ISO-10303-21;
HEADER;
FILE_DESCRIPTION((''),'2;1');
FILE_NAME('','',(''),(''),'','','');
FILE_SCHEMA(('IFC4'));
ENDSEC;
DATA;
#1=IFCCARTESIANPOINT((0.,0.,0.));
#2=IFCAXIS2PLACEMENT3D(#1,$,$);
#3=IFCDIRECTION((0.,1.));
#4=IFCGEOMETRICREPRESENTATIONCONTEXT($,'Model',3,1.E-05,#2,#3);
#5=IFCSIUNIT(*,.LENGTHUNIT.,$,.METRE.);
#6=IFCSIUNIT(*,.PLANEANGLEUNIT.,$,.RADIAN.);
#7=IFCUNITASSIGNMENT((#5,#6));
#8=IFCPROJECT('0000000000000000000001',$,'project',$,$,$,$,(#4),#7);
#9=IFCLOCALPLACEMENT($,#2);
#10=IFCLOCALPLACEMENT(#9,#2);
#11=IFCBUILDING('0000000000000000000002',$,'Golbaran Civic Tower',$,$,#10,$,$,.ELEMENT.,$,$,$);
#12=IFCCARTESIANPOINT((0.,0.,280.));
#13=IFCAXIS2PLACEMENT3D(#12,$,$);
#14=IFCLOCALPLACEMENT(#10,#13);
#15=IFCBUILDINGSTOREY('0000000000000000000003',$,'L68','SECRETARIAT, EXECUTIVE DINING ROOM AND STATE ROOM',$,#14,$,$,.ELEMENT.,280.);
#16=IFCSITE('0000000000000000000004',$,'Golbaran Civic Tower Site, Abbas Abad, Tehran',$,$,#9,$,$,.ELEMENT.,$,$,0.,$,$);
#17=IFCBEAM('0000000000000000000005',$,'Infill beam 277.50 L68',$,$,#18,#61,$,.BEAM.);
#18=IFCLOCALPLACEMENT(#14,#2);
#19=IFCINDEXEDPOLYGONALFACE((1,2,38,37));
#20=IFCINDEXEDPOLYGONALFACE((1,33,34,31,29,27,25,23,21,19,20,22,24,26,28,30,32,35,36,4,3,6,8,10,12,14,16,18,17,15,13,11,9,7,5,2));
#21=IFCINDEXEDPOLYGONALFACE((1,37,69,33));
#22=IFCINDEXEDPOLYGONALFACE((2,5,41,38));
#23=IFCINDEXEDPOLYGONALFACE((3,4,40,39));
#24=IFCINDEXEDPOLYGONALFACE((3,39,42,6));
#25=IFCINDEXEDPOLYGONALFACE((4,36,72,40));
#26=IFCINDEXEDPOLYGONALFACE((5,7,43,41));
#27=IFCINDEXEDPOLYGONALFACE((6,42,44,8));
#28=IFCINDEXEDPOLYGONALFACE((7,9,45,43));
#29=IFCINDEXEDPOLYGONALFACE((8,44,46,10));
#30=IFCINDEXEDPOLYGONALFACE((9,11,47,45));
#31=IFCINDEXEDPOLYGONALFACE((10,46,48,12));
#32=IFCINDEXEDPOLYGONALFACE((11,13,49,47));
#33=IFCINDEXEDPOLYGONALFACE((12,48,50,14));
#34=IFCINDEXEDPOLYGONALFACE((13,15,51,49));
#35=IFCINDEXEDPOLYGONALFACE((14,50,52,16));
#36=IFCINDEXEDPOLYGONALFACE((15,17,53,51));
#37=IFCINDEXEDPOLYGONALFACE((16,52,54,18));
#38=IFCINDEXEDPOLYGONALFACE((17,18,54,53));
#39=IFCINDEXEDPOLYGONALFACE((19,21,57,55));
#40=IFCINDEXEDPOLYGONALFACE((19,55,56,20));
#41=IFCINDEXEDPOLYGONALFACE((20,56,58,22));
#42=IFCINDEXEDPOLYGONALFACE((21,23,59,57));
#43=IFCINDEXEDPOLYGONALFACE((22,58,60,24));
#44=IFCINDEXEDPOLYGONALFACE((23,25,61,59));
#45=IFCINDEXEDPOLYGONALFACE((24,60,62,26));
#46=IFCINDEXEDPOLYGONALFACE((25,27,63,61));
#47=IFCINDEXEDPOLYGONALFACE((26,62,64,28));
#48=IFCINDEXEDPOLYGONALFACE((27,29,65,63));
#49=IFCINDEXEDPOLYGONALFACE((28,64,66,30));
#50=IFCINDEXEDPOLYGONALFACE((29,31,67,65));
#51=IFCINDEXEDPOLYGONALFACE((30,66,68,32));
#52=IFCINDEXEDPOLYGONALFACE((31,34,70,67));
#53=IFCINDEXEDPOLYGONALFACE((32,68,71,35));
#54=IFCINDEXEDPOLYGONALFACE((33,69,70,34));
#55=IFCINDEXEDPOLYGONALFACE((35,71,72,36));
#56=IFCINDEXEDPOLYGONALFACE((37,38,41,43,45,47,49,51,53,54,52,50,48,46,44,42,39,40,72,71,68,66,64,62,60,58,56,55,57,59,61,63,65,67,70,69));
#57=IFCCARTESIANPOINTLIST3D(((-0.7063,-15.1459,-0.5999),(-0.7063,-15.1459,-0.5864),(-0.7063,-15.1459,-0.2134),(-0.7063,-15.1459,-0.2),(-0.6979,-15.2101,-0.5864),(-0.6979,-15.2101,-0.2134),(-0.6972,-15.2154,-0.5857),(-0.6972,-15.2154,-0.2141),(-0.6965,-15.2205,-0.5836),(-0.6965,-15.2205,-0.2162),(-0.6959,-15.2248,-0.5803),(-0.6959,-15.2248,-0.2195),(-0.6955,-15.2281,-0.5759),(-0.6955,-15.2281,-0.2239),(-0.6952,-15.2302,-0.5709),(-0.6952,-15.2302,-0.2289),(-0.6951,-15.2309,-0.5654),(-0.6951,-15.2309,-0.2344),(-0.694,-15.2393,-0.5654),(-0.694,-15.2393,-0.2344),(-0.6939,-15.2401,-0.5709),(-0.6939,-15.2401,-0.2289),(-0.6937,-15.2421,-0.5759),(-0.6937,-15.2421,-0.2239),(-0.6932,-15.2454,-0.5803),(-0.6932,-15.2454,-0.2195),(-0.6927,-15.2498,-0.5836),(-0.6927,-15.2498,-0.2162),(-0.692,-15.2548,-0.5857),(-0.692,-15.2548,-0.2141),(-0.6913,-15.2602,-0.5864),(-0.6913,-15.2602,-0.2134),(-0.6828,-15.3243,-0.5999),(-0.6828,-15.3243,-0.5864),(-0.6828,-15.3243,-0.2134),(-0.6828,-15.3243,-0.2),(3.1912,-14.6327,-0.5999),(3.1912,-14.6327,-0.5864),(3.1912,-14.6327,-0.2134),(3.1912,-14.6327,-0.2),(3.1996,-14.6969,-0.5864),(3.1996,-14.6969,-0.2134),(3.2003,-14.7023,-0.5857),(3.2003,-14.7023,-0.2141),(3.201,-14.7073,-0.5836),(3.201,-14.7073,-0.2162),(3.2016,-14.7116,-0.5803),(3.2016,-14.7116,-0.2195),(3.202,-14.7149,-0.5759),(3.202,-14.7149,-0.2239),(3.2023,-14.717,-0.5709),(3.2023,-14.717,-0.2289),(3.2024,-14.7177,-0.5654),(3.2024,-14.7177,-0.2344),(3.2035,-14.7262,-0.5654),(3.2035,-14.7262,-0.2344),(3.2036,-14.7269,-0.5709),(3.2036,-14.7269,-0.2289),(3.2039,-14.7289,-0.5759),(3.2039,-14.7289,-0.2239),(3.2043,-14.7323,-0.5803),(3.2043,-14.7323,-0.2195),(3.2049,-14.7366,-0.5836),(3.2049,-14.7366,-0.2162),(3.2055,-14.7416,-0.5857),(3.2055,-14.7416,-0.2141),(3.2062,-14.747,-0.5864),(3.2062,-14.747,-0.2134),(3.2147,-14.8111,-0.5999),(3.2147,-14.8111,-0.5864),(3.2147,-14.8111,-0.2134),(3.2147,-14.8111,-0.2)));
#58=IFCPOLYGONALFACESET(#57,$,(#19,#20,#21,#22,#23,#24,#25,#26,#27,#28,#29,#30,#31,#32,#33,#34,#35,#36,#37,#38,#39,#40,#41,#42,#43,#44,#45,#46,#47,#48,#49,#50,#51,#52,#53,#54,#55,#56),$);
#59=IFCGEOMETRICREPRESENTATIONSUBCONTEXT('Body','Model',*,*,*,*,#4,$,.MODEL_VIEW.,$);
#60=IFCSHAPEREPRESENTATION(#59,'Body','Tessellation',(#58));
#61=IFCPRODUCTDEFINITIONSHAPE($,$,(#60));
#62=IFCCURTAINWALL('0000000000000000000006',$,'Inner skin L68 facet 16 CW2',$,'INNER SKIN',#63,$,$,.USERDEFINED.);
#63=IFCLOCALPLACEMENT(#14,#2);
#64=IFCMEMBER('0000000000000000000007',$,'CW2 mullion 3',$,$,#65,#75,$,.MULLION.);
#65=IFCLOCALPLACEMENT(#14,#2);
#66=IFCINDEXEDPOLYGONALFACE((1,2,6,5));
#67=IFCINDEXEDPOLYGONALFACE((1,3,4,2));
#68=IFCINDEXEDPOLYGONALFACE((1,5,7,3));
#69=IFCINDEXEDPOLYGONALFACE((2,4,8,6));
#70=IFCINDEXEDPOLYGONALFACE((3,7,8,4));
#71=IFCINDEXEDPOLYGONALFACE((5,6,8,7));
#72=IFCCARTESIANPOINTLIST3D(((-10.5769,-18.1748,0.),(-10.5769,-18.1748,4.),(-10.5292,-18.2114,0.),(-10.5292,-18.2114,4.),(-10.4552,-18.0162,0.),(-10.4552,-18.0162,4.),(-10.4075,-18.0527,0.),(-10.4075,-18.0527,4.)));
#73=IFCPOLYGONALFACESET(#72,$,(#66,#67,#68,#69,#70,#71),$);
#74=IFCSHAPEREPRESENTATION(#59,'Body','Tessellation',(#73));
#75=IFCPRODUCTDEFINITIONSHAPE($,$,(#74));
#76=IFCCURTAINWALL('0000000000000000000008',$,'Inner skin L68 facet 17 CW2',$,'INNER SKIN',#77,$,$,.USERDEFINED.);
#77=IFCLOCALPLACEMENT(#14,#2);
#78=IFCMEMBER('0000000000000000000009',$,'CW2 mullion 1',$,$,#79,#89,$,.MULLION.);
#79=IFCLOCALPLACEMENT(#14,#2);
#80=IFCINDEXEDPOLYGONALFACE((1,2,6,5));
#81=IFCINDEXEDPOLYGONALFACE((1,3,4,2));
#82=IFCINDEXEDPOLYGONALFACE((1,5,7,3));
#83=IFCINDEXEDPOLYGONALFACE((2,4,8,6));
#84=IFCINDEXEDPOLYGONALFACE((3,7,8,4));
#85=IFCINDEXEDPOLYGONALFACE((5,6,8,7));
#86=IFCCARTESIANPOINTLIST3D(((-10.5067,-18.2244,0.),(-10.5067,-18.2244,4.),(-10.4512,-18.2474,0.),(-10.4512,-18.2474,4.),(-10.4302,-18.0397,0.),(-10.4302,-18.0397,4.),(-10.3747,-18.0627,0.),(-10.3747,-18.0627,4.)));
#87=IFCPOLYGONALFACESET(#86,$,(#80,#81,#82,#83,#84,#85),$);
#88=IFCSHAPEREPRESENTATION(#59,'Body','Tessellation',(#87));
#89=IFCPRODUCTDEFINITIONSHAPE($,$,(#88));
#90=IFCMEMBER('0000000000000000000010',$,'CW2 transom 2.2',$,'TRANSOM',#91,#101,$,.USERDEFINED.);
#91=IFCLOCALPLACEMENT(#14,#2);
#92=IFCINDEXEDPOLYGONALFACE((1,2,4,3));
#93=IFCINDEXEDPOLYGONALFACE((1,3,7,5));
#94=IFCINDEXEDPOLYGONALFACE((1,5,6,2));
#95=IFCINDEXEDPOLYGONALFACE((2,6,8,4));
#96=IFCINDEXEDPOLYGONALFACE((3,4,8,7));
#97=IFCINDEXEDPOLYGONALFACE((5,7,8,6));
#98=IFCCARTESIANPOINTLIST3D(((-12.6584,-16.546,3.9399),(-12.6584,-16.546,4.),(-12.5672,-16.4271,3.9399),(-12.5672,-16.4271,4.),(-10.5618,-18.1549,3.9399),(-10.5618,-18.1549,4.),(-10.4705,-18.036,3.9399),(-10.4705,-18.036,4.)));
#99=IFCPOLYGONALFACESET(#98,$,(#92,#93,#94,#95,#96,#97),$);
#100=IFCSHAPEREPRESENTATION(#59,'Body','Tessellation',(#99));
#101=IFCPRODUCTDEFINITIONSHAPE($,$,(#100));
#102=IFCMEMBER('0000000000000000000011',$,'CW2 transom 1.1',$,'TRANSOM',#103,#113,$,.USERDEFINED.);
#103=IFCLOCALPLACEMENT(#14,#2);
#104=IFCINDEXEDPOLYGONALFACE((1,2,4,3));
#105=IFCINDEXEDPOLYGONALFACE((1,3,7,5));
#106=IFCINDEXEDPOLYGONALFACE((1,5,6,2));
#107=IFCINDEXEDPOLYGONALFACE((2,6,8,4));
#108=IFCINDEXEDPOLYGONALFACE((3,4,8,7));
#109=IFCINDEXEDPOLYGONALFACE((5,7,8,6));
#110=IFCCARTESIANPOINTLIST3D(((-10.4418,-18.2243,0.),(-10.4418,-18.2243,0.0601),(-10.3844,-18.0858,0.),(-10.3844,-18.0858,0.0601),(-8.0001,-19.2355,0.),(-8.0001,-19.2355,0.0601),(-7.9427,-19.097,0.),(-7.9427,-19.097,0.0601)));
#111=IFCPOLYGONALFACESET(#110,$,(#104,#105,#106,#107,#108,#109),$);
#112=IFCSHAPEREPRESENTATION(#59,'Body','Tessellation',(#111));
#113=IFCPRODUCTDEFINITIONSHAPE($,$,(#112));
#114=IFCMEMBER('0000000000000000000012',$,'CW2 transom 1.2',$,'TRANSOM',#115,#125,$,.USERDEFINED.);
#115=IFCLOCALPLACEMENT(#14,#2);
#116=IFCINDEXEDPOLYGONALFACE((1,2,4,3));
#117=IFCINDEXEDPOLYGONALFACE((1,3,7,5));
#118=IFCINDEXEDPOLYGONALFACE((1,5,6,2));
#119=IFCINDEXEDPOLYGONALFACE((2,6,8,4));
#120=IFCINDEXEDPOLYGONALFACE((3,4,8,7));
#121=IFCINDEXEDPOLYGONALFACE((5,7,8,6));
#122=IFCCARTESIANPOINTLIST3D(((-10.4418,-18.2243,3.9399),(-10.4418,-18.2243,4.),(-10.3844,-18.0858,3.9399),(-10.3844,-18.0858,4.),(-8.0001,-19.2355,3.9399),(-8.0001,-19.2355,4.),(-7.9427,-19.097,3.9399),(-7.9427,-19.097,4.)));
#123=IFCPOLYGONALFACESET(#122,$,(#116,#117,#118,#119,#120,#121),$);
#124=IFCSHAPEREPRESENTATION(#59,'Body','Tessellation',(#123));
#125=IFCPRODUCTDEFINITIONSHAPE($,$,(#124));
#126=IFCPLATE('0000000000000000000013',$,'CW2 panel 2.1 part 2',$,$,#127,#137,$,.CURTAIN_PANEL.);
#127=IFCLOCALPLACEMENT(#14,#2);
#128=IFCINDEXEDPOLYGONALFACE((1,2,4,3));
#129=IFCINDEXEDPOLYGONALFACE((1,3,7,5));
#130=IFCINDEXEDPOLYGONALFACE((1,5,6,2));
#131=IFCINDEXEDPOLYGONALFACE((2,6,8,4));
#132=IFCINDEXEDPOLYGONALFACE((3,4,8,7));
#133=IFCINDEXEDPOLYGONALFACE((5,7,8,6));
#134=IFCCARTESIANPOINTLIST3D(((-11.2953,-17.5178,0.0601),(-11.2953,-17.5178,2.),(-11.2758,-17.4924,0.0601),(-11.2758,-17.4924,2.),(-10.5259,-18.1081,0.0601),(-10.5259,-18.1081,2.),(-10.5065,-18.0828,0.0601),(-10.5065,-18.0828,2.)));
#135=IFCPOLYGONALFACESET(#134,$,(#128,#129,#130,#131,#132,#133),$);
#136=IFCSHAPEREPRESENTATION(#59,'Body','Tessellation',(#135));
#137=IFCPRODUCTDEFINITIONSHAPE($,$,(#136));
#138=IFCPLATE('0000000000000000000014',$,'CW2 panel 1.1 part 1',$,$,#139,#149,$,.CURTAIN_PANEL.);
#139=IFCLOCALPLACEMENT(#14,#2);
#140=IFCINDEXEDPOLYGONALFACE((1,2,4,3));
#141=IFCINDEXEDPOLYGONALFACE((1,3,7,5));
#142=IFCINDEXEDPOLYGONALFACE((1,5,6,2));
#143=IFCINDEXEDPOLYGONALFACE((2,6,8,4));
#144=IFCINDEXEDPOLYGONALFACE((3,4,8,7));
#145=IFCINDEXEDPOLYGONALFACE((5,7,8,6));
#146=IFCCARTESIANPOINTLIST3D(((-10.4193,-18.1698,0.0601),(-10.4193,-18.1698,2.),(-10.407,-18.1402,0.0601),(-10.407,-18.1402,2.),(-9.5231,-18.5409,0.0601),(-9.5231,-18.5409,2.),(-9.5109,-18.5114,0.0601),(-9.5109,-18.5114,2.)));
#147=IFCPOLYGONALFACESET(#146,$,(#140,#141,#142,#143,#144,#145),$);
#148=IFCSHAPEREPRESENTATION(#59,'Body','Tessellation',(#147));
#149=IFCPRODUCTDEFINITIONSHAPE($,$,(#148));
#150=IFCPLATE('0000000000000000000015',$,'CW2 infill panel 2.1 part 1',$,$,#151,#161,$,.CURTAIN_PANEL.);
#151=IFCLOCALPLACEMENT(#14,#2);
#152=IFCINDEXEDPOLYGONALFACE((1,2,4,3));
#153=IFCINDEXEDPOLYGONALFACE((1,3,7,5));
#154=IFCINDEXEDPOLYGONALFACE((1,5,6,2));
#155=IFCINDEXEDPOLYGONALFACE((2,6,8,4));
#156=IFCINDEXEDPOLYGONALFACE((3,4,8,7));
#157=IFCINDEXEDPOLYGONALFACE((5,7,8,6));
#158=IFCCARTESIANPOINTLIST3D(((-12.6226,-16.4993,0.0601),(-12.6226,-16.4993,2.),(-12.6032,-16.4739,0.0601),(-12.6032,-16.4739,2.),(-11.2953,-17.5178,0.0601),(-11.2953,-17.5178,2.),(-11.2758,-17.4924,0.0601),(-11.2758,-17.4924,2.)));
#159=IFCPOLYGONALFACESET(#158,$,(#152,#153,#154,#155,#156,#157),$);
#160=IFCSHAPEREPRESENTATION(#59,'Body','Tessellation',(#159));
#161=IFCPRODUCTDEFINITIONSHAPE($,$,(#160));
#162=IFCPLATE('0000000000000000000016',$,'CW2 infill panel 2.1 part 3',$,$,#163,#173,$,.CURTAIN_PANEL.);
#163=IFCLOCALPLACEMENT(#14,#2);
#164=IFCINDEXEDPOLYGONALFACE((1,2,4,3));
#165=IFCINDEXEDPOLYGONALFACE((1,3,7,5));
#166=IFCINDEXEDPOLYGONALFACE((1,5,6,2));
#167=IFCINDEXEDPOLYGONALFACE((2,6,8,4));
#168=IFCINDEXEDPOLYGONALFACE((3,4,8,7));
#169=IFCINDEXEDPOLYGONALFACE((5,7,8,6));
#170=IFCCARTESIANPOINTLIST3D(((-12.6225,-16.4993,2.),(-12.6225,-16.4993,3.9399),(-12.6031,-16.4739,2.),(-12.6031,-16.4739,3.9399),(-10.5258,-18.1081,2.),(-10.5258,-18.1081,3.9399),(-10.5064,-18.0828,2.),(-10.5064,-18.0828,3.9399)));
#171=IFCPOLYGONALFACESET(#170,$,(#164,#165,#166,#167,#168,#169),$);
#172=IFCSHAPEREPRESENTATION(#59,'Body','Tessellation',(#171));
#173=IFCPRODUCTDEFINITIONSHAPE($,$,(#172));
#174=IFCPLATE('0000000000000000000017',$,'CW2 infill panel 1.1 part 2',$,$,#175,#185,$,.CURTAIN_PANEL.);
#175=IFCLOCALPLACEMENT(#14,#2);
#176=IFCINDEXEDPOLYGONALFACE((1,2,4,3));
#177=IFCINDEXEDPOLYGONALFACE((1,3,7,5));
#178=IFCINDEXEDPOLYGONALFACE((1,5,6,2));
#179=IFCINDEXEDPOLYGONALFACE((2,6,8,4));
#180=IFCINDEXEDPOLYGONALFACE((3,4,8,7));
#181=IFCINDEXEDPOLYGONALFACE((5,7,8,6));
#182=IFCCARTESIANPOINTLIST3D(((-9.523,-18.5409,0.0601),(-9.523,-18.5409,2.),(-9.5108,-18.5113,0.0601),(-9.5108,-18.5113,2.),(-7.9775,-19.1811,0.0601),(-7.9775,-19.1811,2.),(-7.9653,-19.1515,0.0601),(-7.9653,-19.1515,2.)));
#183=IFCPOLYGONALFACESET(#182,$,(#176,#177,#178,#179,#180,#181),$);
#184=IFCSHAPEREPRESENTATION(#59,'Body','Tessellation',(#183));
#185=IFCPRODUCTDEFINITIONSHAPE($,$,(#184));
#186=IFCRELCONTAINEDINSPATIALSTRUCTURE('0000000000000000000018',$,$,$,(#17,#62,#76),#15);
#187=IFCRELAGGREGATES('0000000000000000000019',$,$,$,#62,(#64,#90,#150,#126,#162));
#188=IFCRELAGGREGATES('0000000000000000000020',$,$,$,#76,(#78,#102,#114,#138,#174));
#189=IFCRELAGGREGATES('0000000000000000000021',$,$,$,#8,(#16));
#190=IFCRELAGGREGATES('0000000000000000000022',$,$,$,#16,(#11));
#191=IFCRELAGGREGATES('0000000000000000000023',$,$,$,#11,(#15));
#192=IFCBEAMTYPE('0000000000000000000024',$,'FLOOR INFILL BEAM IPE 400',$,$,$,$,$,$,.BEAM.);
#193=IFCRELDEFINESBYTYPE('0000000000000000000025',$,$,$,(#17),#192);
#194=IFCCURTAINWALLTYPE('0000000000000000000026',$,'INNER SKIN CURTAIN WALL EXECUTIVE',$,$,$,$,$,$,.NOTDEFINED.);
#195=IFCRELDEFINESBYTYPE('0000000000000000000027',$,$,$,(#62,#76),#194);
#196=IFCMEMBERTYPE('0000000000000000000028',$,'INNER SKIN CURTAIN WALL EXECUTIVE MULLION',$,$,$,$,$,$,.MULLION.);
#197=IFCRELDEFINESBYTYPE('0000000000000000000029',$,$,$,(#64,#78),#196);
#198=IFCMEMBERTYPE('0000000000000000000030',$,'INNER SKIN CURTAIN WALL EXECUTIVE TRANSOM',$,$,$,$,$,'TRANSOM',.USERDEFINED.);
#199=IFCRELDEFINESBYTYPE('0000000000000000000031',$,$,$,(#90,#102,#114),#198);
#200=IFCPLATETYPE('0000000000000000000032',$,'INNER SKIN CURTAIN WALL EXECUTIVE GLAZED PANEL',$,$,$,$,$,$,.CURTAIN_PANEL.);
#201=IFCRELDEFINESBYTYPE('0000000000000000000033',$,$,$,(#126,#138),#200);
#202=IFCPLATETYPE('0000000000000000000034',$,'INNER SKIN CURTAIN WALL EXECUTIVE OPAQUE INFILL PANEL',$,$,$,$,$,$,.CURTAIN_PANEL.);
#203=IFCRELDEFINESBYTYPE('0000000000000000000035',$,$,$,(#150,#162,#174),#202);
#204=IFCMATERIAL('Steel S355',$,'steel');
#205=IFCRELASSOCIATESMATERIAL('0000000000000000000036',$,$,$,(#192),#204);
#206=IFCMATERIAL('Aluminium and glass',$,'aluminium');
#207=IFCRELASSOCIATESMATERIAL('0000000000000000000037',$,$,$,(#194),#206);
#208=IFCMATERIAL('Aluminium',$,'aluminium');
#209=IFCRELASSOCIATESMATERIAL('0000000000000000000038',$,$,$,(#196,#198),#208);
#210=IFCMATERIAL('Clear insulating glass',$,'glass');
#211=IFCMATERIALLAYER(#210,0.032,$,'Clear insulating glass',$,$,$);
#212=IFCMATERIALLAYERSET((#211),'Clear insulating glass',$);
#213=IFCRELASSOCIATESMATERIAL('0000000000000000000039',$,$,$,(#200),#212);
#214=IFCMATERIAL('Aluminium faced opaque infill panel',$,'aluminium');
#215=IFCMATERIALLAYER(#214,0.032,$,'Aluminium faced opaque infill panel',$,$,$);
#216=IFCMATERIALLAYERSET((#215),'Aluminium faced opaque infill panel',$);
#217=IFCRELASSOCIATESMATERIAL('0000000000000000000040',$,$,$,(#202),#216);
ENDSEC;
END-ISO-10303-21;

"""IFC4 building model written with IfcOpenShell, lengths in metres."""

from ifc_helpers import new_model, si_unit, direction, frame, origin, origin_2d, place, context, subcontext, project, spatial, rectangle, i_section, extrude, material, layer, layer_set, material_profile, profile_set, type_object, element, aggregate, save


model = new_model("IFC4")

# Units and contexts
model_context = context("Model", 3, precision=1e-05, world=origin(), true_north=direction((0.0, 1.0)))
body_context = subcontext(model_context, "Body", "Model", "MODEL_VIEW")
ifc_project = project(units=[si_unit("LENGTHUNIT", "METRE"), si_unit("PLANEANGLEUNIT", "RADIAN")], contexts=[model_context])

# Site, building, storey
site_placement = place(None, origin())
site = spatial("IfcSite", under=ifc_project, at=site_placement, Name="Golbaran Civic Tower Site, Abbas Abad, Tehran", CompositionType="ELEMENT", RefElevation=0.0)
building_placement = place(site_placement, origin())
building = spatial("IfcBuilding", under=site, at=building_placement, Name="Golbaran Civic Tower", CompositionType="ELEMENT")
storey_placement = place(building_placement, frame((0.0, 0.0, 280.0)))
storey = spatial("IfcBuildingStorey", under=building, at=storey_placement, Name="L68", Description="SECRETARIAT, EXECUTIVE DINING ROOM AND STATE ROOM", CompositionType="ELEMENT", Elevation=280.0)

# Beam
ifc_material_1 = material(Name="Steel S355", Category="steel")
ifc_material_profile_1 = material_profile(ifc_material_1, i_section(OverallWidth=0.1799, OverallDepth=0.3999, WebThickness=0.0085, FlangeThickness=0.0134, FilletRadius=0.021, at=origin_2d()), Name="IPE 400")
ifc_profile_set_1 = profile_set([ifc_material_profile_1], Name="Steel S355")
beam_type_1 = type_object("IfcBeamType", Name="FLOOR INFILL BEAM IPE 400", PredefinedType="BEAM", material=ifc_profile_set_1)
beam_1_placement = place(storey_placement, frame((-0.6946, -15.2351, -0.3999), z_axis=(0.991442, 0.130544, 0.0), x_axis=(-0.130544, 0.991442, 0.0)))
element("IfcBeam", 1, at=beam_1_placement, inside=storey, type_object=beam_type_1, Name="Infill beam 277.50 L68", PredefinedType="BEAM", context=body_context, shape_type="SweptSolid", body=[
    extrude(i_section(OverallWidth=0.1799, OverallDepth=0.3999, WebThickness=0.0085, FlangeThickness=0.0134, FilletRadius=0.021, at=origin_2d()), origin(), (0.0, 0.0, 1.0), 3.9312),
])

# Curtain walls, members
ifc_material_2 = material(Name="Aluminium and glass", Category="aluminium")
curtain_wall_type = type_object("IfcCurtainWallType", Name="INNER SKIN CURTAIN WALL EXECUTIVE", PredefinedType="NOTDEFINED", material=ifc_material_2)
curtain_wall_1_placement = place(storey_placement, origin())
curtain_wall_1 = element("IfcCurtainWall", 2, at=curtain_wall_1_placement, inside=storey, type_object=curtain_wall_type, Name="Inner skin L68 facet 16 CW2", ObjectType="INNER SKIN", PredefinedType="USERDEFINED")
ifc_material_3 = material(Name="Aluminium", Category="aluminium")
ifc_material_profile_2 = material_profile(ifc_material_3, rectangle(XDim=0.2, YDim=0.0601, at=origin_2d()), Name="INNER SKIN CURTAIN WALL EXECUTIVE MULLION")
ifc_profile_set_2 = profile_set([ifc_material_profile_2], Name="Aluminium")
member_type_1 = type_object("IfcMemberType", Name="INNER SKIN CURTAIN WALL EXECUTIVE MULLION", PredefinedType="MULLION", material=ifc_profile_set_2)
member_1_placement = place(storey_placement, frame((-10.4922, -18.1138, 0.0), z_axis=(0.0, 0.0, 1.0), x_axis=(0.608761, 0.793353, 0.0)))
member_1 = element("IfcMember", 3, at=member_1_placement, type_object=member_type_1, Name="CW2 mullion 3", PredefinedType="MULLION", context=body_context, shape_type="SweptSolid", body=[
    extrude(rectangle(XDim=0.2, YDim=0.0601, at=origin_2d()), origin(), (0.0, 0.0, 1.0), 4.0),
])
curtain_wall_2_placement = place(storey_placement, origin())
curtain_wall_2 = element("IfcCurtainWall", 4, at=curtain_wall_2_placement, inside=storey, type_object=curtain_wall_type, Name="Inner skin L68 facet 17 CW2", ObjectType="INNER SKIN", PredefinedType="USERDEFINED")
member_2_placement = place(storey_placement, frame((-10.4407, -18.1436, 0.0), z_axis=(0.0, 0.0, 1.0), x_axis=(0.382683, 0.92388, 0.0)))
member_2 = element("IfcMember", 5, at=member_2_placement, type_object=member_type_1, Name="CW2 mullion 1", PredefinedType="MULLION", context=body_context, shape_type="SweptSolid", body=[
    extrude(rectangle(XDim=0.2, YDim=0.0601, at=origin_2d()), origin(), (0.0, 0.0, 1.0), 4.0),
])

# Members
ifc_material_profile_3 = material_profile(ifc_material_3, rectangle(XDim=0.1499, YDim=0.0601, at=origin_2d()), Name="INNER SKIN CURTAIN WALL EXECUTIVE TRANSOM")
ifc_profile_set_3 = profile_set([ifc_material_profile_3], Name="Aluminium")
member_type_2 = type_object("IfcMemberType", Name="INNER SKIN CURTAIN WALL EXECUTIVE TRANSOM", ElementType="TRANSOM", PredefinedType="USERDEFINED", material=ifc_profile_set_3)
member_3_placement = place(storey_placement, frame((-12.6128, -16.4866, 3.97), z_axis=(0.793345, -0.608773, 0.0), x_axis=(0.608773, 0.793345, 0.0)))
member_3 = element("IfcMember", 6, at=member_3_placement, type_object=member_type_2, Name="CW2 transom 2.2", ObjectType="TRANSOM", PredefinedType="USERDEFINED", context=body_context, shape_type="SweptSolid", body=[
    extrude(rectangle(XDim=0.1499, YDim=0.0601, at=origin_2d()), origin(), (0.0, 0.0, 1.0), 2.6428),
])
member_4_placement = place(storey_placement, frame((-10.4131, -18.155, 0.03), z_axis=(0.923897, -0.38264, 0.0), x_axis=(0.38264, 0.923897, 0.0)))
member_4 = element("IfcMember", 7, at=member_4_placement, type_object=member_type_2, Name="CW2 transom 1.1", ObjectType="TRANSOM", PredefinedType="USERDEFINED", context=body_context, shape_type="SweptSolid", body=[
    extrude(rectangle(XDim=0.1499, YDim=0.0601, at=origin_2d()), origin(), (0.0, 0.0, 1.0), 2.6428),
])
member_5_placement = place(storey_placement, frame((-10.4131, -18.155, 3.97), z_axis=(0.923897, -0.38264, 0.0), x_axis=(0.38264, 0.923897, 0.0)))
member_5 = element("IfcMember", 8, at=member_5_placement, type_object=member_type_2, Name="CW2 transom 1.2", ObjectType="TRANSOM", PredefinedType="USERDEFINED", context=body_context, shape_type="SweptSolid", body=[
    extrude(rectangle(XDim=0.1499, YDim=0.0601, at=origin_2d()), origin(), (0.0, 0.0, 1.0), 2.6428),
])

# Plates
ifc_material_4 = material(Name="Clear insulating glass", Category="glass")
ifc_layer_1 = layer(ifc_material_4, 0.032, Name="Clear insulating glass")
ifc_layer_set_1 = layer_set([ifc_layer_1], Name="Clear insulating glass")
plate_type_1 = type_object("IfcPlateType", Name="INNER SKIN CURTAIN WALL EXECUTIVE GLAZED PANEL", PredefinedType="CURTAIN_PANEL", material=ifc_layer_set_1)
plate_1_placement = place(storey_placement, frame((-10.9009, -17.8003, 0.0601), z_axis=(0.0, 0.0, 1.0), x_axis=(0.793353, -0.608761, 0.0)))
plate_1 = element("IfcPlate", 9, at=plate_1_placement, type_object=plate_type_1, Name="CW2 panel 2.1 part 2", PredefinedType="CURTAIN_PANEL", context=body_context, shape_type="SweptSolid", body=[
    extrude(rectangle(XDim=0.9697, YDim=0.032, at=origin_2d()), origin(), (0.0, 0.0, 1.0), 1.9399),
])
plate_2_placement = place(storey_placement, frame((-9.9651, -18.3406, 0.0601), z_axis=(0.0, 0.0, 1.0), x_axis=(0.92388, -0.382683, 0.0)))
plate_2 = element("IfcPlate", 10, at=plate_2_placement, type_object=plate_type_1, Name="CW2 panel 1.1 part 1", PredefinedType="CURTAIN_PANEL", context=body_context, shape_type="SweptSolid", body=[
    extrude(rectangle(XDim=0.97, YDim=0.032, at=origin_2d()), origin(), (0.0, 0.0, 1.0), 1.9399),
])
ifc_material_5 = material(Name="Aluminium faced opaque infill panel", Category="aluminium")
ifc_layer_2 = layer(ifc_material_5, 0.032, Name="Aluminium faced opaque infill panel")
ifc_layer_set_2 = layer_set([ifc_layer_2], Name="Aluminium faced opaque infill panel")
plate_type_2 = type_object("IfcPlateType", Name="INNER SKIN CURTAIN WALL EXECUTIVE OPAQUE INFILL PANEL", PredefinedType="CURTAIN_PANEL", material=ifc_layer_set_2)
plate_3_placement = place(storey_placement, frame((-11.9492, -16.9958, 0.0601), z_axis=(0.0, 0.0, 1.0), x_axis=(0.793353, -0.608761, 0.0)))
plate_3 = element("IfcPlate", 11, at=plate_3_placement, type_object=plate_type_2, Name="CW2 infill panel 2.1 part 1", PredefinedType="CURTAIN_PANEL", context=body_context, shape_type="SweptSolid", body=[
    extrude(rectangle(XDim=1.6731, YDim=0.032, at=origin_2d()), origin(), (0.0, 0.0, 1.0), 1.9399),
])
plate_4_placement = place(storey_placement, frame((-11.5645, -17.291, 2.0), z_axis=(0.0, 0.0, 1.0), x_axis=(0.793353, -0.608761, 0.0)))
plate_4 = element("IfcPlate", 12, at=plate_4_placement, type_object=plate_type_2, Name="CW2 infill panel 2.1 part 3", PredefinedType="CURTAIN_PANEL", context=body_context, shape_type="SweptSolid", body=[
    extrude(rectangle(XDim=2.6428, YDim=0.032, at=origin_2d()), origin(), (0.0, 0.0, 1.0), 1.9399),
])
aggregate(curtain_wall_1, [member_1, member_3, plate_3, plate_1, plate_4])
plate_5_placement = place(storey_placement, frame((-8.7441, -18.8462, 0.0601), z_axis=(0.0, 0.0, 1.0), x_axis=(0.92388, -0.382683, 0.0)))
plate_5 = element("IfcPlate", 13, at=plate_5_placement, type_object=plate_type_2, Name="CW2 infill panel 1.1 part 2", PredefinedType="CURTAIN_PANEL", context=body_context, shape_type="SweptSolid", body=[
    extrude(rectangle(XDim=1.6729, YDim=0.032, at=origin_2d()), origin(), (0.0, 0.0, 1.0), 1.9399),
])
aggregate(curtain_wall_2, [member_2, member_4, member_5, plate_2, plate_5])

save(model, "model.ifc")
